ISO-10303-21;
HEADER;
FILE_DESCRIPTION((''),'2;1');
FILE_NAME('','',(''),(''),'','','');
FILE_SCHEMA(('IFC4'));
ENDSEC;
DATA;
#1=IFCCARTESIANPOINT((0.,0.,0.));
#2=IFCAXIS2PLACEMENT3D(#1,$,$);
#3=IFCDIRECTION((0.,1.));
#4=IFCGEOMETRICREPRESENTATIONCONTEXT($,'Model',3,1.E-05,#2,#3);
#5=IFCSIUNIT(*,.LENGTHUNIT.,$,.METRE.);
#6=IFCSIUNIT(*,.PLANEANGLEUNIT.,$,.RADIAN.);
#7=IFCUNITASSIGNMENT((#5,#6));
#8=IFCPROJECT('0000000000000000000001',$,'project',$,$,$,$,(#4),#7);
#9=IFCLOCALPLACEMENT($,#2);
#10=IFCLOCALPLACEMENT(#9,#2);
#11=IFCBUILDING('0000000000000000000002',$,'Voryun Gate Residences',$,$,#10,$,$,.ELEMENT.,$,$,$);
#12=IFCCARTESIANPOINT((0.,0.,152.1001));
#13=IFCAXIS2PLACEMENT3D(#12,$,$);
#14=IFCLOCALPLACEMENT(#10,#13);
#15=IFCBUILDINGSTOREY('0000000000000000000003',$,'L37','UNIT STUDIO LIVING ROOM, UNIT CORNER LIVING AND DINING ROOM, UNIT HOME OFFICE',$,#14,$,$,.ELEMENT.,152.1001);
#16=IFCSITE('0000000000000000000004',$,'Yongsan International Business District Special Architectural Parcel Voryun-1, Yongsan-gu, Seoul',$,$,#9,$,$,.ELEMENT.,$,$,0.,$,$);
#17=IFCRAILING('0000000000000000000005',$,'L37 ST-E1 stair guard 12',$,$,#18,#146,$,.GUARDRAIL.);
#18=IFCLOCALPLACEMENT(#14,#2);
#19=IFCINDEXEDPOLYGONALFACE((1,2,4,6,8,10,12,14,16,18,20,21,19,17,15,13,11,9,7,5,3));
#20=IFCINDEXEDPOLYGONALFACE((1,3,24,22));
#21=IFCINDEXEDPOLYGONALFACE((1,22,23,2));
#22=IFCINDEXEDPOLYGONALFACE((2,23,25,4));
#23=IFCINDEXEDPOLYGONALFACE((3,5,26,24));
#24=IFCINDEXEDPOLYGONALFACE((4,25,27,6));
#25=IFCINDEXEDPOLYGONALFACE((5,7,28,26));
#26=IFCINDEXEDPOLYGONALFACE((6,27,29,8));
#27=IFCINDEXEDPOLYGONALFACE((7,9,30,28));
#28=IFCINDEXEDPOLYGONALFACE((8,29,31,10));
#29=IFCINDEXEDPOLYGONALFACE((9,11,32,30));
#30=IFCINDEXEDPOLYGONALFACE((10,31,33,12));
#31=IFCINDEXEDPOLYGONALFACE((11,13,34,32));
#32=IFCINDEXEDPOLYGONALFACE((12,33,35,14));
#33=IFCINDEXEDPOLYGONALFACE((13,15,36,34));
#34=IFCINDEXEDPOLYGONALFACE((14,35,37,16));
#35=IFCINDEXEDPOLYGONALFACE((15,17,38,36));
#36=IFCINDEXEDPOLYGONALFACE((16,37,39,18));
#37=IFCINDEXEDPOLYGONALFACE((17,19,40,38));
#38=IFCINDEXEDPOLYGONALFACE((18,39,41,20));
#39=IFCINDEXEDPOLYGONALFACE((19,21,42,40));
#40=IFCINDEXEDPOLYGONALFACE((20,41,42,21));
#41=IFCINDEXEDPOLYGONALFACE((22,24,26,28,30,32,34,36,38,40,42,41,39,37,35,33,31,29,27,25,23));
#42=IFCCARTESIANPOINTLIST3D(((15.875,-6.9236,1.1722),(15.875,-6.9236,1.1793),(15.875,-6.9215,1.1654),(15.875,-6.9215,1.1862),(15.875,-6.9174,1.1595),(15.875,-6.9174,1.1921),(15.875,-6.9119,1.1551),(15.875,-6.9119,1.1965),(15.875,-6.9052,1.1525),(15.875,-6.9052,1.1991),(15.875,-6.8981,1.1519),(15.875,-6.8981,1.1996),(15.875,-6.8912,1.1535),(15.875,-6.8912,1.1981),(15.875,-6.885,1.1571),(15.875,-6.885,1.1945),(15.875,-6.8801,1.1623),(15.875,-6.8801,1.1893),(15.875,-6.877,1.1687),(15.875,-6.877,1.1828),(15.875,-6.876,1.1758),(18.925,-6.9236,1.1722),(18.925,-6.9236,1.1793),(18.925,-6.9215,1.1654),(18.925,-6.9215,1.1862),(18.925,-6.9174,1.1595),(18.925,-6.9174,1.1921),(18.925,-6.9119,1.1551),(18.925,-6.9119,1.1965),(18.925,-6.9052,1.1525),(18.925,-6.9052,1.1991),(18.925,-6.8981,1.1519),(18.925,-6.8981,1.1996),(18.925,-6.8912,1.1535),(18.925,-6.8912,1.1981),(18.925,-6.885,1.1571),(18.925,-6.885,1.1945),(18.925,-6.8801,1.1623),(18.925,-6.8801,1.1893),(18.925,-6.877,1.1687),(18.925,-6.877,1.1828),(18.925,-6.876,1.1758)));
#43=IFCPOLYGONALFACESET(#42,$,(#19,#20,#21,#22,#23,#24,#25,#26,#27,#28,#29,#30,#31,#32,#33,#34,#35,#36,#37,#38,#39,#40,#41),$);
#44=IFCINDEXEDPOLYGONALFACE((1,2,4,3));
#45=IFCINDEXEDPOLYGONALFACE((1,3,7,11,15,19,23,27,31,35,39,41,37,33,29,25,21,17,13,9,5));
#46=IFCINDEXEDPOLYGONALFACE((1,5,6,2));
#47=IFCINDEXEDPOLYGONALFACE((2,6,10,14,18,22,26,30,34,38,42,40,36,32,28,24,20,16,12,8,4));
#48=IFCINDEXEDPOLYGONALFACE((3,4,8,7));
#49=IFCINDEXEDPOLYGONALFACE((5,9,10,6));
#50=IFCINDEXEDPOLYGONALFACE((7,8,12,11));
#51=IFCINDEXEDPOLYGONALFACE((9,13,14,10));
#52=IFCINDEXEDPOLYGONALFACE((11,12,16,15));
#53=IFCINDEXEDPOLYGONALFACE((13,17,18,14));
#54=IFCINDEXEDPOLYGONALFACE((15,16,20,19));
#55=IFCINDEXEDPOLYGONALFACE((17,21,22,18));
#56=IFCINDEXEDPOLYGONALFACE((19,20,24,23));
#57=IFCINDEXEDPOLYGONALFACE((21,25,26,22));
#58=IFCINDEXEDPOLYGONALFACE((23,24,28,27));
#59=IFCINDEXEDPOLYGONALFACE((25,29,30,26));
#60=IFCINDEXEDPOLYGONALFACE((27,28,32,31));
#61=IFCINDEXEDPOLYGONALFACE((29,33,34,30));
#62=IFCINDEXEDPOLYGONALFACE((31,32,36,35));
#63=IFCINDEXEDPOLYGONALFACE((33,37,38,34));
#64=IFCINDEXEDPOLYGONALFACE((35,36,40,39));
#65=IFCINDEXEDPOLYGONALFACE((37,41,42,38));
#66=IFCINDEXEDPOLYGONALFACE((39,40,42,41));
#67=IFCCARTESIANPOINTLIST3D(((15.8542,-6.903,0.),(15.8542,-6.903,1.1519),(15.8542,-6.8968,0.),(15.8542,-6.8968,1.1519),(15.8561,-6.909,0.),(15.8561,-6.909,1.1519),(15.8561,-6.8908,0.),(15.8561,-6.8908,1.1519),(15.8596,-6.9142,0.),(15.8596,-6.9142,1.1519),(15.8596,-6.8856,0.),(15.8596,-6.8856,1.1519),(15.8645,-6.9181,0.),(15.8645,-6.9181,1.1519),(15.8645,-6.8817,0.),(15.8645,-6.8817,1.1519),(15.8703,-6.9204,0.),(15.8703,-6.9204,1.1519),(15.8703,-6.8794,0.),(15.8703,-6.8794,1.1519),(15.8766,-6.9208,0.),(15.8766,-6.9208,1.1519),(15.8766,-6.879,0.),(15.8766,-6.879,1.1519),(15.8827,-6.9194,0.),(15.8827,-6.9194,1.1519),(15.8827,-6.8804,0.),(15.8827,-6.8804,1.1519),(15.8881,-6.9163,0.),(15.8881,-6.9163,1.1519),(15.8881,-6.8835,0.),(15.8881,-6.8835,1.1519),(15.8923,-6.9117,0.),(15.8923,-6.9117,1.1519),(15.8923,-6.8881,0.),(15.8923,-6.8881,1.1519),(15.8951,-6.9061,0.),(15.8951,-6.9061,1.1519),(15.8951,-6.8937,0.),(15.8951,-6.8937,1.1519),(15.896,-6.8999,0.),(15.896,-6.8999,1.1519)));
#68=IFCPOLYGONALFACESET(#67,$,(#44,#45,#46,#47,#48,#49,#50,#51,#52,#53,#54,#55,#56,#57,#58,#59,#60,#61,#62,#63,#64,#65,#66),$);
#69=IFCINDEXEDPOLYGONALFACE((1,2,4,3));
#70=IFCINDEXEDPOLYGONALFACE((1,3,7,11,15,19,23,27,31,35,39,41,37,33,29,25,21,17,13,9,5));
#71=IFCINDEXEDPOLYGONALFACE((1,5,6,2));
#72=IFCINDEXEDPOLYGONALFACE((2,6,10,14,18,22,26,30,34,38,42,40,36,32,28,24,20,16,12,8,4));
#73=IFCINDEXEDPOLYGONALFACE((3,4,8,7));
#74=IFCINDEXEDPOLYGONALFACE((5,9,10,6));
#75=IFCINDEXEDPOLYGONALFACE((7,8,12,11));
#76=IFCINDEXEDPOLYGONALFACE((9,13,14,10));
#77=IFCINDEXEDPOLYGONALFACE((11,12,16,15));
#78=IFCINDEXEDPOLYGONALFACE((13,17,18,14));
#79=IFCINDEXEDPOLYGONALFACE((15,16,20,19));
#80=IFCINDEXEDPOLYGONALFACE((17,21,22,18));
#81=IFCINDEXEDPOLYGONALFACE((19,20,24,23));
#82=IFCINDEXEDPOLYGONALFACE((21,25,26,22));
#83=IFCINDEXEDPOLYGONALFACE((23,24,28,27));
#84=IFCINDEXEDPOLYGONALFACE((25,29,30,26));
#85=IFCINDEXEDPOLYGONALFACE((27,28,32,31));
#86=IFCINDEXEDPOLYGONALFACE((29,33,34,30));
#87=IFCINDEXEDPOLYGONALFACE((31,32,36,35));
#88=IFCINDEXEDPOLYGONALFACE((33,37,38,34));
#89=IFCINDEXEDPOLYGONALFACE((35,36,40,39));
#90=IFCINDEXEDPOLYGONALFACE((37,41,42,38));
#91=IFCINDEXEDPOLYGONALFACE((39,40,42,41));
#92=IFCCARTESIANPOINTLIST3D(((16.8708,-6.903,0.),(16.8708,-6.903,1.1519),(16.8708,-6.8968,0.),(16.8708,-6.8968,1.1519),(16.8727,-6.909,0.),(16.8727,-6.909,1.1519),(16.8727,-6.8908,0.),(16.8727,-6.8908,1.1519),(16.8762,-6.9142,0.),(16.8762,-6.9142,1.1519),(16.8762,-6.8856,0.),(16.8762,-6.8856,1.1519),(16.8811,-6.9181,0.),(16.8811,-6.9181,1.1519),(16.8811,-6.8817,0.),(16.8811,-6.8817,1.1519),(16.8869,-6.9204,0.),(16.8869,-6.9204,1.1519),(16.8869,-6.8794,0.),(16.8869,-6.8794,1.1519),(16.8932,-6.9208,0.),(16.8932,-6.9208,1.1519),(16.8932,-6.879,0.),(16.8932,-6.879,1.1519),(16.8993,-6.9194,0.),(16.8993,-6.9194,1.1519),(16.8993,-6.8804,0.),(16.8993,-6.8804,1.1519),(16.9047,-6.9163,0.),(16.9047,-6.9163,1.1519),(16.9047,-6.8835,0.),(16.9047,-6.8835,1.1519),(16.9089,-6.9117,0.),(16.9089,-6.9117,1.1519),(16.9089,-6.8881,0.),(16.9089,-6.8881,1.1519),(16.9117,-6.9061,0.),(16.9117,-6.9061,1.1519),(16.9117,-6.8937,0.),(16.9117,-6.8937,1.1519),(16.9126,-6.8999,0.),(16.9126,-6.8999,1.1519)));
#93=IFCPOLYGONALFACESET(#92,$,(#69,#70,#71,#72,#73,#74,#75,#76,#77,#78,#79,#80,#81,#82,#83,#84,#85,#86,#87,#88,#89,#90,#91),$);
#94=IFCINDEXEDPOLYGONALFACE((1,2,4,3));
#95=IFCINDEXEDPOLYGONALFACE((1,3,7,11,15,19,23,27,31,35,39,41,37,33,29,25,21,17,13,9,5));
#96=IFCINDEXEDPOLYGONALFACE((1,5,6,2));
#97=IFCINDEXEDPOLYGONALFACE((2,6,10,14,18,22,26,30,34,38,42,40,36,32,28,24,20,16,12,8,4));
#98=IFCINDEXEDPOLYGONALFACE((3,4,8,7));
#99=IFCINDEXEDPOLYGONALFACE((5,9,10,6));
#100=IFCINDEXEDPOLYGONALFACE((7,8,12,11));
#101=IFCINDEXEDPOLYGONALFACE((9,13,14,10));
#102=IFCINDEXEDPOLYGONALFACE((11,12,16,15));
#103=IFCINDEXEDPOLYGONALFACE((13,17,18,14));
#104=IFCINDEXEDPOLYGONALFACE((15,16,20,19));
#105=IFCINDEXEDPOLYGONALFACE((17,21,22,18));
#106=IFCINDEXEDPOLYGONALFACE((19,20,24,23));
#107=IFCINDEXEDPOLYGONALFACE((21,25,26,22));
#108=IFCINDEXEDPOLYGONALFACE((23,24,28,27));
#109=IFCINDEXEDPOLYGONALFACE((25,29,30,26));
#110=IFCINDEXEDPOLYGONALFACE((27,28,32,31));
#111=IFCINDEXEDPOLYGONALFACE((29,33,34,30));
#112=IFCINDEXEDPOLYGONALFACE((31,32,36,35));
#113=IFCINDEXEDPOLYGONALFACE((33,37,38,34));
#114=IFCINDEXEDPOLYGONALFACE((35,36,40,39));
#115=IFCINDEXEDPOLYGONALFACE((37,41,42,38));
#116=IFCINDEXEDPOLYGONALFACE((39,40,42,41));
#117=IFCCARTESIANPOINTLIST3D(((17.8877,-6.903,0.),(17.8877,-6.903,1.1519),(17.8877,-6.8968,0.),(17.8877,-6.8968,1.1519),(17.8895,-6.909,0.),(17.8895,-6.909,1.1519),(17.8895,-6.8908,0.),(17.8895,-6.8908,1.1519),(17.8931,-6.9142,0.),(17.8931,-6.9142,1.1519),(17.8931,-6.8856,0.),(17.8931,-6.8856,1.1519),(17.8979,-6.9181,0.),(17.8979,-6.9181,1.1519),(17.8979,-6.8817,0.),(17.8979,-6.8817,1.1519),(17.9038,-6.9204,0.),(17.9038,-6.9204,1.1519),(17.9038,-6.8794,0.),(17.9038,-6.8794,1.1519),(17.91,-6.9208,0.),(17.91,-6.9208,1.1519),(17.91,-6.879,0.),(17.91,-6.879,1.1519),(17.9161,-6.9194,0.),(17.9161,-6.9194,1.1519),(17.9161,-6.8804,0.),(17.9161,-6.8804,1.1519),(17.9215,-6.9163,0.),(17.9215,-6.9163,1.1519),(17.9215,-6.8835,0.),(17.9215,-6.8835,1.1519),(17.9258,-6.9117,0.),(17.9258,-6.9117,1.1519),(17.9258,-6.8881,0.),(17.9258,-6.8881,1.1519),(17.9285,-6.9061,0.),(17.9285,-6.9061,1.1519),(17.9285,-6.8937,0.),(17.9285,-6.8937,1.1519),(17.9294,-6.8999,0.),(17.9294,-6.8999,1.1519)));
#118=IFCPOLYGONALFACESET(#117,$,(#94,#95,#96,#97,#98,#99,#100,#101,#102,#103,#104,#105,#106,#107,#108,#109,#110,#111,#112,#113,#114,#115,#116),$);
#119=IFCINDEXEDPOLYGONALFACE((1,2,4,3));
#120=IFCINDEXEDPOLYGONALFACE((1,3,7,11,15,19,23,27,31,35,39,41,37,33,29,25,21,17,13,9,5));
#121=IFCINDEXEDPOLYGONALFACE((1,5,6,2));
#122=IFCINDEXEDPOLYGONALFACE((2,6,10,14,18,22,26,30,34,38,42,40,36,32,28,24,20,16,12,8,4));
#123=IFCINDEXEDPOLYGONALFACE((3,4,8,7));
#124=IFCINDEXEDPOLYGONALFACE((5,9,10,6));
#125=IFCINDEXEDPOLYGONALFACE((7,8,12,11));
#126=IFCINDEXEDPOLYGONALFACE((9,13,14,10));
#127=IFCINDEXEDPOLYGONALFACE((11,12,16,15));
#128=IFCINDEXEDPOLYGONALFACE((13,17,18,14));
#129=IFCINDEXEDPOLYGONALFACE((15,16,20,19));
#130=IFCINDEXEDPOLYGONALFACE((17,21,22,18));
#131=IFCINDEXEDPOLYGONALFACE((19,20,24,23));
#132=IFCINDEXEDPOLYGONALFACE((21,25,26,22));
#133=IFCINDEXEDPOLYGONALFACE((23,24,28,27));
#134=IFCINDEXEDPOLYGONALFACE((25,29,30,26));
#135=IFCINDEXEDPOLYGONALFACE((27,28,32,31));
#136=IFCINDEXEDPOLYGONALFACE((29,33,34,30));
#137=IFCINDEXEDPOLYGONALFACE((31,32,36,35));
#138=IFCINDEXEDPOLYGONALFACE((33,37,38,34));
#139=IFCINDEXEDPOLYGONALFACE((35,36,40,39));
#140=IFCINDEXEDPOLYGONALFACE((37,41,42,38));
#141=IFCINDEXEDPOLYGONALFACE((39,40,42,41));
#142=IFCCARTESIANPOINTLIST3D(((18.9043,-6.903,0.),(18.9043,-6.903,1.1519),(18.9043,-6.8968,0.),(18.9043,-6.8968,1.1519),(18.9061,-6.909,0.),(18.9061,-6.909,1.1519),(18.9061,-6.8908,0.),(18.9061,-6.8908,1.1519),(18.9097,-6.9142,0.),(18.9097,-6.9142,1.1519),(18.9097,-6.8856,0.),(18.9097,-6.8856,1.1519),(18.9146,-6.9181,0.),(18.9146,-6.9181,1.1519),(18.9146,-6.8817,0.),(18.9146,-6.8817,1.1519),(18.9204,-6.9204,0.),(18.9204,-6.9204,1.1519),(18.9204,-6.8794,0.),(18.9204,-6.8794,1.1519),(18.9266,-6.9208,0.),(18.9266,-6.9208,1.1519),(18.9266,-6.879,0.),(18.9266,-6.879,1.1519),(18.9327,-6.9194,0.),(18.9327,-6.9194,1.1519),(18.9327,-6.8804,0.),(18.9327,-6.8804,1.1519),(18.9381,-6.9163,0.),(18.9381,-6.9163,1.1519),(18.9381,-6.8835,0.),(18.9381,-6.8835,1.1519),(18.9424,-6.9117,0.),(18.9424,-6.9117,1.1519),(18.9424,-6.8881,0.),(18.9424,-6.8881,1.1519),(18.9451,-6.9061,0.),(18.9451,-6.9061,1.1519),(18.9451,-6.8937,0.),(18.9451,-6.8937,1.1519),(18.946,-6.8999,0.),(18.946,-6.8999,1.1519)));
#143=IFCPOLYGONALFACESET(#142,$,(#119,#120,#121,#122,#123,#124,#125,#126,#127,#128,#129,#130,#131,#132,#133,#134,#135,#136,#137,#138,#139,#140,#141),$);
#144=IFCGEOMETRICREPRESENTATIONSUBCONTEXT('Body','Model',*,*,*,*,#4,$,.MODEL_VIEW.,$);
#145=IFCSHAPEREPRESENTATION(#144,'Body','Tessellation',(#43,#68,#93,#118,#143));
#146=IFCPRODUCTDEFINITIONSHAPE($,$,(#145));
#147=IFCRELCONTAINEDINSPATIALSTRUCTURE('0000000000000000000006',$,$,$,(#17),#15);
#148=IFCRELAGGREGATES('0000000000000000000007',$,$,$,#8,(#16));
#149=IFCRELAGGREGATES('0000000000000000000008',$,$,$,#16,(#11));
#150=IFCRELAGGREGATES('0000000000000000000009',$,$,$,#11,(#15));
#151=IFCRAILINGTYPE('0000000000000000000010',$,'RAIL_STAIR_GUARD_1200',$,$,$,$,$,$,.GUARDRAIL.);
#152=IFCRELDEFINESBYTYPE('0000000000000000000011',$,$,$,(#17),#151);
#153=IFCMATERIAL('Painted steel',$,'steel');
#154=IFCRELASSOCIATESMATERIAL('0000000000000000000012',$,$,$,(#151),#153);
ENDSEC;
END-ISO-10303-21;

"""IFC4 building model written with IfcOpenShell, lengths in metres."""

from ifc_helpers import new_model, si_unit, direction, frame, origin, origin_2d, place, context, subcontext, project, spatial, circle, extrude, material, type_object, element, save


model = new_model("IFC4")

# Units and contexts
model_context = context("Model", 3, precision=1e-05, world=origin(), true_north=direction((0.0, 1.0)))
body_context = subcontext(model_context, "Body", "Model", "MODEL_VIEW")
ifc_project = project(units=[si_unit("LENGTHUNIT", "METRE"), si_unit("PLANEANGLEUNIT", "RADIAN")], contexts=[model_context])

# Site, building, storey
site_placement = place(None, origin())
site = spatial("IfcSite", under=ifc_project, at=site_placement, Name="Yongsan International Business District Special Architectural Parcel Voryun-1, Yongsan-gu, Seoul", CompositionType="ELEMENT", RefElevation=0.0)
building_placement = place(site_placement, origin())
building = spatial("IfcBuilding", under=site, at=building_placement, Name="Voryun Gate Residences", CompositionType="ELEMENT")
storey_placement = place(building_placement, frame((0.0, 0.0, 152.1001)))
storey = spatial("IfcBuildingStorey", under=building, at=storey_placement, Name="L37", Description="UNIT STUDIO LIVING ROOM, UNIT CORNER LIVING AND DINING ROOM, UNIT HOME OFFICE", CompositionType="ELEMENT", Elevation=152.1001)

# Railing
ifc_material_1 = material(Name="Painted steel", Category="steel")
railing_type_1 = type_object("IfcRailingType", Name="RAIL_STAIR_GUARD_1200", PredefinedType="GUARDRAIL", material=ifc_material_1)
railing_1_placement = place(storey_placement, frame((15.875, -6.8999, 0.0)))
element("IfcRailing", 1, at=railing_1_placement, inside=storey, type_object=railing_type_1, Name="L37 ST-E1 stair guard 12", PredefinedType="GUARDRAIL", context=body_context, shape_type="SweptSolid", body=[
    extrude(circle(Radius=0.0239, at=origin_2d()), frame((0.0, 0.0, 1.1758), z_axis=(1.0, 0.0, 0.0), x_axis=(0.0, 1.0, 0.0)), (0.0, 0.0, 1.0), 3.05),
    extrude(circle(Radius=0.021, at=origin_2d()), origin(), (0.0, 0.0, 1.0), 1.1519),
    extrude(circle(Radius=0.021, at=origin_2d()), frame((1.0166, 0.0, 0.0)), (0.0, 0.0, 1.0), 1.1519),
    extrude(circle(Radius=0.021, at=origin_2d()), frame((2.0334, 0.0, 0.0)), (0.0, 0.0, 1.0), 1.1519),
    extrude(circle(Radius=0.021, at=origin_2d()), frame((3.05, 0.0, 0.0)), (0.0, 0.0, 1.0), 1.1519),
])

save(model, "model.ifc")
